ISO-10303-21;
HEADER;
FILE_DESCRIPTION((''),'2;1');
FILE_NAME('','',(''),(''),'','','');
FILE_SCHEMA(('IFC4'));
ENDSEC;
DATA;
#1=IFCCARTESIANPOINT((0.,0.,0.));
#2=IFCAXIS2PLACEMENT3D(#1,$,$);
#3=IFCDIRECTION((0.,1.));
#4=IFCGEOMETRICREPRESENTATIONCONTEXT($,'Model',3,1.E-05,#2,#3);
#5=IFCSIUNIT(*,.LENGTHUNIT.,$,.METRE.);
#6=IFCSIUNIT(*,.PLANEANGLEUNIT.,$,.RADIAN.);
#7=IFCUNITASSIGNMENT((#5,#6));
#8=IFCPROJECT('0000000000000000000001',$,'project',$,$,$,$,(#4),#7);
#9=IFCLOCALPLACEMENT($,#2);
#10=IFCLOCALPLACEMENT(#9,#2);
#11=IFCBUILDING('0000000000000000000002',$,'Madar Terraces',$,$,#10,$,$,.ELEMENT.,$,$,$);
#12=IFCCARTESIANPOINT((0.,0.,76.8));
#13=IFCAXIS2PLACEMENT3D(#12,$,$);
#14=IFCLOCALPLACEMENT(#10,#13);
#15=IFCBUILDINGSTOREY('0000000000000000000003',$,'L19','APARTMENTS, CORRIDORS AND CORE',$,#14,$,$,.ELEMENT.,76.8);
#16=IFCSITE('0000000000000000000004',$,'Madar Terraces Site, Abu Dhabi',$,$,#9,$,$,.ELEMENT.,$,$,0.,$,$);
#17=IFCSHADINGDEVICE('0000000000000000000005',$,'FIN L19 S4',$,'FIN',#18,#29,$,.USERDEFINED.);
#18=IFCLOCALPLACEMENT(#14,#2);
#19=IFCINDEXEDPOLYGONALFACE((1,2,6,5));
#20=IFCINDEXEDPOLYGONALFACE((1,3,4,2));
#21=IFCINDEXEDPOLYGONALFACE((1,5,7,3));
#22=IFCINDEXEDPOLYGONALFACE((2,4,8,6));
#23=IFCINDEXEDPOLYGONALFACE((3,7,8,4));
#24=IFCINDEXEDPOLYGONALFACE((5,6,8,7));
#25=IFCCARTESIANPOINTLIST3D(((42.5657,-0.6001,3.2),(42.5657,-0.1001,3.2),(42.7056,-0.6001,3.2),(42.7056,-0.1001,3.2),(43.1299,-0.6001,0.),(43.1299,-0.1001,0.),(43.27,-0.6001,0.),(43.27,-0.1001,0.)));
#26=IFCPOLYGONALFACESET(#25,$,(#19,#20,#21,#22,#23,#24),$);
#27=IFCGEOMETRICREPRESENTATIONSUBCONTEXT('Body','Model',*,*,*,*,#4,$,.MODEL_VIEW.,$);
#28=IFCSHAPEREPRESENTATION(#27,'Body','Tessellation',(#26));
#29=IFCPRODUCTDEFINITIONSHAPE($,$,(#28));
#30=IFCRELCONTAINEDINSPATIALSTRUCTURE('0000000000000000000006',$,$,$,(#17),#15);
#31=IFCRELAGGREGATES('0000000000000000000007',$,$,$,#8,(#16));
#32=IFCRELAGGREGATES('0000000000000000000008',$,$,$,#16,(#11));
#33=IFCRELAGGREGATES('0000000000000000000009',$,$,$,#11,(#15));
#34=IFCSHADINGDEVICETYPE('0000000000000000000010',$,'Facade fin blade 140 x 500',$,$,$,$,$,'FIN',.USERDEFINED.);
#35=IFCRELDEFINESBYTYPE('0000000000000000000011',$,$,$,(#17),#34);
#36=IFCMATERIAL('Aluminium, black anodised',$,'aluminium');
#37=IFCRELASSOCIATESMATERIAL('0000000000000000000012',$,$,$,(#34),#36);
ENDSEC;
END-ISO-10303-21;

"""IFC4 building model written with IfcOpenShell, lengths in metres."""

from ifc_helpers import new_model, si_unit, direction, frame, origin, place, context, subcontext, project, spatial, polyline, outline, extrude, material, type_object, element, save


model = new_model("IFC4")

# Units and contexts
model_context = context("Model", 3, precision=1e-05, world=origin(), true_north=direction((0.0, 1.0)))
body_context = subcontext(model_context, "Body", "Model", "MODEL_VIEW")
ifc_project = project(units=[si_unit("LENGTHUNIT", "METRE"), si_unit("PLANEANGLEUNIT", "RADIAN")], contexts=[model_context])

# Site, building, storey
site_placement = place(None, origin())
site = spatial("IfcSite", under=ifc_project, at=site_placement, Name="Madar Terraces Site, Abu Dhabi", CompositionType="ELEMENT", RefElevation=0.0)
building_placement = place(site_placement, origin())
building = spatial("IfcBuilding", under=site, at=building_placement, Name="Madar Terraces", CompositionType="ELEMENT")
storey_placement = place(building_placement, frame((0.0, 0.0, 76.8)))
storey = spatial("IfcBuildingStorey", under=building, at=storey_placement, Name="L19", Description="APARTMENTS, CORRIDORS AND CORE", CompositionType="ELEMENT", Elevation=76.8)

# Shading device
ifc_material_1 = material(Name="Aluminium, black anodised", Category="aluminium")
shading_device_type = type_object("IfcShadingDeviceType", Name="Facade fin blade 140 x 500", ElementType="FIN", PredefinedType="USERDEFINED", material=ifc_material_1)
shading_device_1_placement = place(storey_placement, frame((43.1299, -0.3501, 0.0), z_axis=(0.0, 0.0, 1.0), x_axis=(1.0, 0.0, 0.0)))
element("IfcShadingDevice", 1, at=shading_device_1_placement, inside=storey, type_object=shading_device_type, Name="FIN L19 S4", ObjectType="FIN", PredefinedType="USERDEFINED", context=body_context, shape_type="SweptSolid", body=[
    extrude(outline(polyline([(0.0, 0.0), (0.1401, 0.0), (-0.4243, 3.2), (-0.5642, 3.2), (0.0, 0.0)])), frame((0.0, 0.25, 0.0), z_axis=(0.0, -1.0, 0.0), x_axis=(1.0, 0.0, 0.0)), (0.0, 0.0, 1.0), 0.5),
])

save(model, "model.ifc")
